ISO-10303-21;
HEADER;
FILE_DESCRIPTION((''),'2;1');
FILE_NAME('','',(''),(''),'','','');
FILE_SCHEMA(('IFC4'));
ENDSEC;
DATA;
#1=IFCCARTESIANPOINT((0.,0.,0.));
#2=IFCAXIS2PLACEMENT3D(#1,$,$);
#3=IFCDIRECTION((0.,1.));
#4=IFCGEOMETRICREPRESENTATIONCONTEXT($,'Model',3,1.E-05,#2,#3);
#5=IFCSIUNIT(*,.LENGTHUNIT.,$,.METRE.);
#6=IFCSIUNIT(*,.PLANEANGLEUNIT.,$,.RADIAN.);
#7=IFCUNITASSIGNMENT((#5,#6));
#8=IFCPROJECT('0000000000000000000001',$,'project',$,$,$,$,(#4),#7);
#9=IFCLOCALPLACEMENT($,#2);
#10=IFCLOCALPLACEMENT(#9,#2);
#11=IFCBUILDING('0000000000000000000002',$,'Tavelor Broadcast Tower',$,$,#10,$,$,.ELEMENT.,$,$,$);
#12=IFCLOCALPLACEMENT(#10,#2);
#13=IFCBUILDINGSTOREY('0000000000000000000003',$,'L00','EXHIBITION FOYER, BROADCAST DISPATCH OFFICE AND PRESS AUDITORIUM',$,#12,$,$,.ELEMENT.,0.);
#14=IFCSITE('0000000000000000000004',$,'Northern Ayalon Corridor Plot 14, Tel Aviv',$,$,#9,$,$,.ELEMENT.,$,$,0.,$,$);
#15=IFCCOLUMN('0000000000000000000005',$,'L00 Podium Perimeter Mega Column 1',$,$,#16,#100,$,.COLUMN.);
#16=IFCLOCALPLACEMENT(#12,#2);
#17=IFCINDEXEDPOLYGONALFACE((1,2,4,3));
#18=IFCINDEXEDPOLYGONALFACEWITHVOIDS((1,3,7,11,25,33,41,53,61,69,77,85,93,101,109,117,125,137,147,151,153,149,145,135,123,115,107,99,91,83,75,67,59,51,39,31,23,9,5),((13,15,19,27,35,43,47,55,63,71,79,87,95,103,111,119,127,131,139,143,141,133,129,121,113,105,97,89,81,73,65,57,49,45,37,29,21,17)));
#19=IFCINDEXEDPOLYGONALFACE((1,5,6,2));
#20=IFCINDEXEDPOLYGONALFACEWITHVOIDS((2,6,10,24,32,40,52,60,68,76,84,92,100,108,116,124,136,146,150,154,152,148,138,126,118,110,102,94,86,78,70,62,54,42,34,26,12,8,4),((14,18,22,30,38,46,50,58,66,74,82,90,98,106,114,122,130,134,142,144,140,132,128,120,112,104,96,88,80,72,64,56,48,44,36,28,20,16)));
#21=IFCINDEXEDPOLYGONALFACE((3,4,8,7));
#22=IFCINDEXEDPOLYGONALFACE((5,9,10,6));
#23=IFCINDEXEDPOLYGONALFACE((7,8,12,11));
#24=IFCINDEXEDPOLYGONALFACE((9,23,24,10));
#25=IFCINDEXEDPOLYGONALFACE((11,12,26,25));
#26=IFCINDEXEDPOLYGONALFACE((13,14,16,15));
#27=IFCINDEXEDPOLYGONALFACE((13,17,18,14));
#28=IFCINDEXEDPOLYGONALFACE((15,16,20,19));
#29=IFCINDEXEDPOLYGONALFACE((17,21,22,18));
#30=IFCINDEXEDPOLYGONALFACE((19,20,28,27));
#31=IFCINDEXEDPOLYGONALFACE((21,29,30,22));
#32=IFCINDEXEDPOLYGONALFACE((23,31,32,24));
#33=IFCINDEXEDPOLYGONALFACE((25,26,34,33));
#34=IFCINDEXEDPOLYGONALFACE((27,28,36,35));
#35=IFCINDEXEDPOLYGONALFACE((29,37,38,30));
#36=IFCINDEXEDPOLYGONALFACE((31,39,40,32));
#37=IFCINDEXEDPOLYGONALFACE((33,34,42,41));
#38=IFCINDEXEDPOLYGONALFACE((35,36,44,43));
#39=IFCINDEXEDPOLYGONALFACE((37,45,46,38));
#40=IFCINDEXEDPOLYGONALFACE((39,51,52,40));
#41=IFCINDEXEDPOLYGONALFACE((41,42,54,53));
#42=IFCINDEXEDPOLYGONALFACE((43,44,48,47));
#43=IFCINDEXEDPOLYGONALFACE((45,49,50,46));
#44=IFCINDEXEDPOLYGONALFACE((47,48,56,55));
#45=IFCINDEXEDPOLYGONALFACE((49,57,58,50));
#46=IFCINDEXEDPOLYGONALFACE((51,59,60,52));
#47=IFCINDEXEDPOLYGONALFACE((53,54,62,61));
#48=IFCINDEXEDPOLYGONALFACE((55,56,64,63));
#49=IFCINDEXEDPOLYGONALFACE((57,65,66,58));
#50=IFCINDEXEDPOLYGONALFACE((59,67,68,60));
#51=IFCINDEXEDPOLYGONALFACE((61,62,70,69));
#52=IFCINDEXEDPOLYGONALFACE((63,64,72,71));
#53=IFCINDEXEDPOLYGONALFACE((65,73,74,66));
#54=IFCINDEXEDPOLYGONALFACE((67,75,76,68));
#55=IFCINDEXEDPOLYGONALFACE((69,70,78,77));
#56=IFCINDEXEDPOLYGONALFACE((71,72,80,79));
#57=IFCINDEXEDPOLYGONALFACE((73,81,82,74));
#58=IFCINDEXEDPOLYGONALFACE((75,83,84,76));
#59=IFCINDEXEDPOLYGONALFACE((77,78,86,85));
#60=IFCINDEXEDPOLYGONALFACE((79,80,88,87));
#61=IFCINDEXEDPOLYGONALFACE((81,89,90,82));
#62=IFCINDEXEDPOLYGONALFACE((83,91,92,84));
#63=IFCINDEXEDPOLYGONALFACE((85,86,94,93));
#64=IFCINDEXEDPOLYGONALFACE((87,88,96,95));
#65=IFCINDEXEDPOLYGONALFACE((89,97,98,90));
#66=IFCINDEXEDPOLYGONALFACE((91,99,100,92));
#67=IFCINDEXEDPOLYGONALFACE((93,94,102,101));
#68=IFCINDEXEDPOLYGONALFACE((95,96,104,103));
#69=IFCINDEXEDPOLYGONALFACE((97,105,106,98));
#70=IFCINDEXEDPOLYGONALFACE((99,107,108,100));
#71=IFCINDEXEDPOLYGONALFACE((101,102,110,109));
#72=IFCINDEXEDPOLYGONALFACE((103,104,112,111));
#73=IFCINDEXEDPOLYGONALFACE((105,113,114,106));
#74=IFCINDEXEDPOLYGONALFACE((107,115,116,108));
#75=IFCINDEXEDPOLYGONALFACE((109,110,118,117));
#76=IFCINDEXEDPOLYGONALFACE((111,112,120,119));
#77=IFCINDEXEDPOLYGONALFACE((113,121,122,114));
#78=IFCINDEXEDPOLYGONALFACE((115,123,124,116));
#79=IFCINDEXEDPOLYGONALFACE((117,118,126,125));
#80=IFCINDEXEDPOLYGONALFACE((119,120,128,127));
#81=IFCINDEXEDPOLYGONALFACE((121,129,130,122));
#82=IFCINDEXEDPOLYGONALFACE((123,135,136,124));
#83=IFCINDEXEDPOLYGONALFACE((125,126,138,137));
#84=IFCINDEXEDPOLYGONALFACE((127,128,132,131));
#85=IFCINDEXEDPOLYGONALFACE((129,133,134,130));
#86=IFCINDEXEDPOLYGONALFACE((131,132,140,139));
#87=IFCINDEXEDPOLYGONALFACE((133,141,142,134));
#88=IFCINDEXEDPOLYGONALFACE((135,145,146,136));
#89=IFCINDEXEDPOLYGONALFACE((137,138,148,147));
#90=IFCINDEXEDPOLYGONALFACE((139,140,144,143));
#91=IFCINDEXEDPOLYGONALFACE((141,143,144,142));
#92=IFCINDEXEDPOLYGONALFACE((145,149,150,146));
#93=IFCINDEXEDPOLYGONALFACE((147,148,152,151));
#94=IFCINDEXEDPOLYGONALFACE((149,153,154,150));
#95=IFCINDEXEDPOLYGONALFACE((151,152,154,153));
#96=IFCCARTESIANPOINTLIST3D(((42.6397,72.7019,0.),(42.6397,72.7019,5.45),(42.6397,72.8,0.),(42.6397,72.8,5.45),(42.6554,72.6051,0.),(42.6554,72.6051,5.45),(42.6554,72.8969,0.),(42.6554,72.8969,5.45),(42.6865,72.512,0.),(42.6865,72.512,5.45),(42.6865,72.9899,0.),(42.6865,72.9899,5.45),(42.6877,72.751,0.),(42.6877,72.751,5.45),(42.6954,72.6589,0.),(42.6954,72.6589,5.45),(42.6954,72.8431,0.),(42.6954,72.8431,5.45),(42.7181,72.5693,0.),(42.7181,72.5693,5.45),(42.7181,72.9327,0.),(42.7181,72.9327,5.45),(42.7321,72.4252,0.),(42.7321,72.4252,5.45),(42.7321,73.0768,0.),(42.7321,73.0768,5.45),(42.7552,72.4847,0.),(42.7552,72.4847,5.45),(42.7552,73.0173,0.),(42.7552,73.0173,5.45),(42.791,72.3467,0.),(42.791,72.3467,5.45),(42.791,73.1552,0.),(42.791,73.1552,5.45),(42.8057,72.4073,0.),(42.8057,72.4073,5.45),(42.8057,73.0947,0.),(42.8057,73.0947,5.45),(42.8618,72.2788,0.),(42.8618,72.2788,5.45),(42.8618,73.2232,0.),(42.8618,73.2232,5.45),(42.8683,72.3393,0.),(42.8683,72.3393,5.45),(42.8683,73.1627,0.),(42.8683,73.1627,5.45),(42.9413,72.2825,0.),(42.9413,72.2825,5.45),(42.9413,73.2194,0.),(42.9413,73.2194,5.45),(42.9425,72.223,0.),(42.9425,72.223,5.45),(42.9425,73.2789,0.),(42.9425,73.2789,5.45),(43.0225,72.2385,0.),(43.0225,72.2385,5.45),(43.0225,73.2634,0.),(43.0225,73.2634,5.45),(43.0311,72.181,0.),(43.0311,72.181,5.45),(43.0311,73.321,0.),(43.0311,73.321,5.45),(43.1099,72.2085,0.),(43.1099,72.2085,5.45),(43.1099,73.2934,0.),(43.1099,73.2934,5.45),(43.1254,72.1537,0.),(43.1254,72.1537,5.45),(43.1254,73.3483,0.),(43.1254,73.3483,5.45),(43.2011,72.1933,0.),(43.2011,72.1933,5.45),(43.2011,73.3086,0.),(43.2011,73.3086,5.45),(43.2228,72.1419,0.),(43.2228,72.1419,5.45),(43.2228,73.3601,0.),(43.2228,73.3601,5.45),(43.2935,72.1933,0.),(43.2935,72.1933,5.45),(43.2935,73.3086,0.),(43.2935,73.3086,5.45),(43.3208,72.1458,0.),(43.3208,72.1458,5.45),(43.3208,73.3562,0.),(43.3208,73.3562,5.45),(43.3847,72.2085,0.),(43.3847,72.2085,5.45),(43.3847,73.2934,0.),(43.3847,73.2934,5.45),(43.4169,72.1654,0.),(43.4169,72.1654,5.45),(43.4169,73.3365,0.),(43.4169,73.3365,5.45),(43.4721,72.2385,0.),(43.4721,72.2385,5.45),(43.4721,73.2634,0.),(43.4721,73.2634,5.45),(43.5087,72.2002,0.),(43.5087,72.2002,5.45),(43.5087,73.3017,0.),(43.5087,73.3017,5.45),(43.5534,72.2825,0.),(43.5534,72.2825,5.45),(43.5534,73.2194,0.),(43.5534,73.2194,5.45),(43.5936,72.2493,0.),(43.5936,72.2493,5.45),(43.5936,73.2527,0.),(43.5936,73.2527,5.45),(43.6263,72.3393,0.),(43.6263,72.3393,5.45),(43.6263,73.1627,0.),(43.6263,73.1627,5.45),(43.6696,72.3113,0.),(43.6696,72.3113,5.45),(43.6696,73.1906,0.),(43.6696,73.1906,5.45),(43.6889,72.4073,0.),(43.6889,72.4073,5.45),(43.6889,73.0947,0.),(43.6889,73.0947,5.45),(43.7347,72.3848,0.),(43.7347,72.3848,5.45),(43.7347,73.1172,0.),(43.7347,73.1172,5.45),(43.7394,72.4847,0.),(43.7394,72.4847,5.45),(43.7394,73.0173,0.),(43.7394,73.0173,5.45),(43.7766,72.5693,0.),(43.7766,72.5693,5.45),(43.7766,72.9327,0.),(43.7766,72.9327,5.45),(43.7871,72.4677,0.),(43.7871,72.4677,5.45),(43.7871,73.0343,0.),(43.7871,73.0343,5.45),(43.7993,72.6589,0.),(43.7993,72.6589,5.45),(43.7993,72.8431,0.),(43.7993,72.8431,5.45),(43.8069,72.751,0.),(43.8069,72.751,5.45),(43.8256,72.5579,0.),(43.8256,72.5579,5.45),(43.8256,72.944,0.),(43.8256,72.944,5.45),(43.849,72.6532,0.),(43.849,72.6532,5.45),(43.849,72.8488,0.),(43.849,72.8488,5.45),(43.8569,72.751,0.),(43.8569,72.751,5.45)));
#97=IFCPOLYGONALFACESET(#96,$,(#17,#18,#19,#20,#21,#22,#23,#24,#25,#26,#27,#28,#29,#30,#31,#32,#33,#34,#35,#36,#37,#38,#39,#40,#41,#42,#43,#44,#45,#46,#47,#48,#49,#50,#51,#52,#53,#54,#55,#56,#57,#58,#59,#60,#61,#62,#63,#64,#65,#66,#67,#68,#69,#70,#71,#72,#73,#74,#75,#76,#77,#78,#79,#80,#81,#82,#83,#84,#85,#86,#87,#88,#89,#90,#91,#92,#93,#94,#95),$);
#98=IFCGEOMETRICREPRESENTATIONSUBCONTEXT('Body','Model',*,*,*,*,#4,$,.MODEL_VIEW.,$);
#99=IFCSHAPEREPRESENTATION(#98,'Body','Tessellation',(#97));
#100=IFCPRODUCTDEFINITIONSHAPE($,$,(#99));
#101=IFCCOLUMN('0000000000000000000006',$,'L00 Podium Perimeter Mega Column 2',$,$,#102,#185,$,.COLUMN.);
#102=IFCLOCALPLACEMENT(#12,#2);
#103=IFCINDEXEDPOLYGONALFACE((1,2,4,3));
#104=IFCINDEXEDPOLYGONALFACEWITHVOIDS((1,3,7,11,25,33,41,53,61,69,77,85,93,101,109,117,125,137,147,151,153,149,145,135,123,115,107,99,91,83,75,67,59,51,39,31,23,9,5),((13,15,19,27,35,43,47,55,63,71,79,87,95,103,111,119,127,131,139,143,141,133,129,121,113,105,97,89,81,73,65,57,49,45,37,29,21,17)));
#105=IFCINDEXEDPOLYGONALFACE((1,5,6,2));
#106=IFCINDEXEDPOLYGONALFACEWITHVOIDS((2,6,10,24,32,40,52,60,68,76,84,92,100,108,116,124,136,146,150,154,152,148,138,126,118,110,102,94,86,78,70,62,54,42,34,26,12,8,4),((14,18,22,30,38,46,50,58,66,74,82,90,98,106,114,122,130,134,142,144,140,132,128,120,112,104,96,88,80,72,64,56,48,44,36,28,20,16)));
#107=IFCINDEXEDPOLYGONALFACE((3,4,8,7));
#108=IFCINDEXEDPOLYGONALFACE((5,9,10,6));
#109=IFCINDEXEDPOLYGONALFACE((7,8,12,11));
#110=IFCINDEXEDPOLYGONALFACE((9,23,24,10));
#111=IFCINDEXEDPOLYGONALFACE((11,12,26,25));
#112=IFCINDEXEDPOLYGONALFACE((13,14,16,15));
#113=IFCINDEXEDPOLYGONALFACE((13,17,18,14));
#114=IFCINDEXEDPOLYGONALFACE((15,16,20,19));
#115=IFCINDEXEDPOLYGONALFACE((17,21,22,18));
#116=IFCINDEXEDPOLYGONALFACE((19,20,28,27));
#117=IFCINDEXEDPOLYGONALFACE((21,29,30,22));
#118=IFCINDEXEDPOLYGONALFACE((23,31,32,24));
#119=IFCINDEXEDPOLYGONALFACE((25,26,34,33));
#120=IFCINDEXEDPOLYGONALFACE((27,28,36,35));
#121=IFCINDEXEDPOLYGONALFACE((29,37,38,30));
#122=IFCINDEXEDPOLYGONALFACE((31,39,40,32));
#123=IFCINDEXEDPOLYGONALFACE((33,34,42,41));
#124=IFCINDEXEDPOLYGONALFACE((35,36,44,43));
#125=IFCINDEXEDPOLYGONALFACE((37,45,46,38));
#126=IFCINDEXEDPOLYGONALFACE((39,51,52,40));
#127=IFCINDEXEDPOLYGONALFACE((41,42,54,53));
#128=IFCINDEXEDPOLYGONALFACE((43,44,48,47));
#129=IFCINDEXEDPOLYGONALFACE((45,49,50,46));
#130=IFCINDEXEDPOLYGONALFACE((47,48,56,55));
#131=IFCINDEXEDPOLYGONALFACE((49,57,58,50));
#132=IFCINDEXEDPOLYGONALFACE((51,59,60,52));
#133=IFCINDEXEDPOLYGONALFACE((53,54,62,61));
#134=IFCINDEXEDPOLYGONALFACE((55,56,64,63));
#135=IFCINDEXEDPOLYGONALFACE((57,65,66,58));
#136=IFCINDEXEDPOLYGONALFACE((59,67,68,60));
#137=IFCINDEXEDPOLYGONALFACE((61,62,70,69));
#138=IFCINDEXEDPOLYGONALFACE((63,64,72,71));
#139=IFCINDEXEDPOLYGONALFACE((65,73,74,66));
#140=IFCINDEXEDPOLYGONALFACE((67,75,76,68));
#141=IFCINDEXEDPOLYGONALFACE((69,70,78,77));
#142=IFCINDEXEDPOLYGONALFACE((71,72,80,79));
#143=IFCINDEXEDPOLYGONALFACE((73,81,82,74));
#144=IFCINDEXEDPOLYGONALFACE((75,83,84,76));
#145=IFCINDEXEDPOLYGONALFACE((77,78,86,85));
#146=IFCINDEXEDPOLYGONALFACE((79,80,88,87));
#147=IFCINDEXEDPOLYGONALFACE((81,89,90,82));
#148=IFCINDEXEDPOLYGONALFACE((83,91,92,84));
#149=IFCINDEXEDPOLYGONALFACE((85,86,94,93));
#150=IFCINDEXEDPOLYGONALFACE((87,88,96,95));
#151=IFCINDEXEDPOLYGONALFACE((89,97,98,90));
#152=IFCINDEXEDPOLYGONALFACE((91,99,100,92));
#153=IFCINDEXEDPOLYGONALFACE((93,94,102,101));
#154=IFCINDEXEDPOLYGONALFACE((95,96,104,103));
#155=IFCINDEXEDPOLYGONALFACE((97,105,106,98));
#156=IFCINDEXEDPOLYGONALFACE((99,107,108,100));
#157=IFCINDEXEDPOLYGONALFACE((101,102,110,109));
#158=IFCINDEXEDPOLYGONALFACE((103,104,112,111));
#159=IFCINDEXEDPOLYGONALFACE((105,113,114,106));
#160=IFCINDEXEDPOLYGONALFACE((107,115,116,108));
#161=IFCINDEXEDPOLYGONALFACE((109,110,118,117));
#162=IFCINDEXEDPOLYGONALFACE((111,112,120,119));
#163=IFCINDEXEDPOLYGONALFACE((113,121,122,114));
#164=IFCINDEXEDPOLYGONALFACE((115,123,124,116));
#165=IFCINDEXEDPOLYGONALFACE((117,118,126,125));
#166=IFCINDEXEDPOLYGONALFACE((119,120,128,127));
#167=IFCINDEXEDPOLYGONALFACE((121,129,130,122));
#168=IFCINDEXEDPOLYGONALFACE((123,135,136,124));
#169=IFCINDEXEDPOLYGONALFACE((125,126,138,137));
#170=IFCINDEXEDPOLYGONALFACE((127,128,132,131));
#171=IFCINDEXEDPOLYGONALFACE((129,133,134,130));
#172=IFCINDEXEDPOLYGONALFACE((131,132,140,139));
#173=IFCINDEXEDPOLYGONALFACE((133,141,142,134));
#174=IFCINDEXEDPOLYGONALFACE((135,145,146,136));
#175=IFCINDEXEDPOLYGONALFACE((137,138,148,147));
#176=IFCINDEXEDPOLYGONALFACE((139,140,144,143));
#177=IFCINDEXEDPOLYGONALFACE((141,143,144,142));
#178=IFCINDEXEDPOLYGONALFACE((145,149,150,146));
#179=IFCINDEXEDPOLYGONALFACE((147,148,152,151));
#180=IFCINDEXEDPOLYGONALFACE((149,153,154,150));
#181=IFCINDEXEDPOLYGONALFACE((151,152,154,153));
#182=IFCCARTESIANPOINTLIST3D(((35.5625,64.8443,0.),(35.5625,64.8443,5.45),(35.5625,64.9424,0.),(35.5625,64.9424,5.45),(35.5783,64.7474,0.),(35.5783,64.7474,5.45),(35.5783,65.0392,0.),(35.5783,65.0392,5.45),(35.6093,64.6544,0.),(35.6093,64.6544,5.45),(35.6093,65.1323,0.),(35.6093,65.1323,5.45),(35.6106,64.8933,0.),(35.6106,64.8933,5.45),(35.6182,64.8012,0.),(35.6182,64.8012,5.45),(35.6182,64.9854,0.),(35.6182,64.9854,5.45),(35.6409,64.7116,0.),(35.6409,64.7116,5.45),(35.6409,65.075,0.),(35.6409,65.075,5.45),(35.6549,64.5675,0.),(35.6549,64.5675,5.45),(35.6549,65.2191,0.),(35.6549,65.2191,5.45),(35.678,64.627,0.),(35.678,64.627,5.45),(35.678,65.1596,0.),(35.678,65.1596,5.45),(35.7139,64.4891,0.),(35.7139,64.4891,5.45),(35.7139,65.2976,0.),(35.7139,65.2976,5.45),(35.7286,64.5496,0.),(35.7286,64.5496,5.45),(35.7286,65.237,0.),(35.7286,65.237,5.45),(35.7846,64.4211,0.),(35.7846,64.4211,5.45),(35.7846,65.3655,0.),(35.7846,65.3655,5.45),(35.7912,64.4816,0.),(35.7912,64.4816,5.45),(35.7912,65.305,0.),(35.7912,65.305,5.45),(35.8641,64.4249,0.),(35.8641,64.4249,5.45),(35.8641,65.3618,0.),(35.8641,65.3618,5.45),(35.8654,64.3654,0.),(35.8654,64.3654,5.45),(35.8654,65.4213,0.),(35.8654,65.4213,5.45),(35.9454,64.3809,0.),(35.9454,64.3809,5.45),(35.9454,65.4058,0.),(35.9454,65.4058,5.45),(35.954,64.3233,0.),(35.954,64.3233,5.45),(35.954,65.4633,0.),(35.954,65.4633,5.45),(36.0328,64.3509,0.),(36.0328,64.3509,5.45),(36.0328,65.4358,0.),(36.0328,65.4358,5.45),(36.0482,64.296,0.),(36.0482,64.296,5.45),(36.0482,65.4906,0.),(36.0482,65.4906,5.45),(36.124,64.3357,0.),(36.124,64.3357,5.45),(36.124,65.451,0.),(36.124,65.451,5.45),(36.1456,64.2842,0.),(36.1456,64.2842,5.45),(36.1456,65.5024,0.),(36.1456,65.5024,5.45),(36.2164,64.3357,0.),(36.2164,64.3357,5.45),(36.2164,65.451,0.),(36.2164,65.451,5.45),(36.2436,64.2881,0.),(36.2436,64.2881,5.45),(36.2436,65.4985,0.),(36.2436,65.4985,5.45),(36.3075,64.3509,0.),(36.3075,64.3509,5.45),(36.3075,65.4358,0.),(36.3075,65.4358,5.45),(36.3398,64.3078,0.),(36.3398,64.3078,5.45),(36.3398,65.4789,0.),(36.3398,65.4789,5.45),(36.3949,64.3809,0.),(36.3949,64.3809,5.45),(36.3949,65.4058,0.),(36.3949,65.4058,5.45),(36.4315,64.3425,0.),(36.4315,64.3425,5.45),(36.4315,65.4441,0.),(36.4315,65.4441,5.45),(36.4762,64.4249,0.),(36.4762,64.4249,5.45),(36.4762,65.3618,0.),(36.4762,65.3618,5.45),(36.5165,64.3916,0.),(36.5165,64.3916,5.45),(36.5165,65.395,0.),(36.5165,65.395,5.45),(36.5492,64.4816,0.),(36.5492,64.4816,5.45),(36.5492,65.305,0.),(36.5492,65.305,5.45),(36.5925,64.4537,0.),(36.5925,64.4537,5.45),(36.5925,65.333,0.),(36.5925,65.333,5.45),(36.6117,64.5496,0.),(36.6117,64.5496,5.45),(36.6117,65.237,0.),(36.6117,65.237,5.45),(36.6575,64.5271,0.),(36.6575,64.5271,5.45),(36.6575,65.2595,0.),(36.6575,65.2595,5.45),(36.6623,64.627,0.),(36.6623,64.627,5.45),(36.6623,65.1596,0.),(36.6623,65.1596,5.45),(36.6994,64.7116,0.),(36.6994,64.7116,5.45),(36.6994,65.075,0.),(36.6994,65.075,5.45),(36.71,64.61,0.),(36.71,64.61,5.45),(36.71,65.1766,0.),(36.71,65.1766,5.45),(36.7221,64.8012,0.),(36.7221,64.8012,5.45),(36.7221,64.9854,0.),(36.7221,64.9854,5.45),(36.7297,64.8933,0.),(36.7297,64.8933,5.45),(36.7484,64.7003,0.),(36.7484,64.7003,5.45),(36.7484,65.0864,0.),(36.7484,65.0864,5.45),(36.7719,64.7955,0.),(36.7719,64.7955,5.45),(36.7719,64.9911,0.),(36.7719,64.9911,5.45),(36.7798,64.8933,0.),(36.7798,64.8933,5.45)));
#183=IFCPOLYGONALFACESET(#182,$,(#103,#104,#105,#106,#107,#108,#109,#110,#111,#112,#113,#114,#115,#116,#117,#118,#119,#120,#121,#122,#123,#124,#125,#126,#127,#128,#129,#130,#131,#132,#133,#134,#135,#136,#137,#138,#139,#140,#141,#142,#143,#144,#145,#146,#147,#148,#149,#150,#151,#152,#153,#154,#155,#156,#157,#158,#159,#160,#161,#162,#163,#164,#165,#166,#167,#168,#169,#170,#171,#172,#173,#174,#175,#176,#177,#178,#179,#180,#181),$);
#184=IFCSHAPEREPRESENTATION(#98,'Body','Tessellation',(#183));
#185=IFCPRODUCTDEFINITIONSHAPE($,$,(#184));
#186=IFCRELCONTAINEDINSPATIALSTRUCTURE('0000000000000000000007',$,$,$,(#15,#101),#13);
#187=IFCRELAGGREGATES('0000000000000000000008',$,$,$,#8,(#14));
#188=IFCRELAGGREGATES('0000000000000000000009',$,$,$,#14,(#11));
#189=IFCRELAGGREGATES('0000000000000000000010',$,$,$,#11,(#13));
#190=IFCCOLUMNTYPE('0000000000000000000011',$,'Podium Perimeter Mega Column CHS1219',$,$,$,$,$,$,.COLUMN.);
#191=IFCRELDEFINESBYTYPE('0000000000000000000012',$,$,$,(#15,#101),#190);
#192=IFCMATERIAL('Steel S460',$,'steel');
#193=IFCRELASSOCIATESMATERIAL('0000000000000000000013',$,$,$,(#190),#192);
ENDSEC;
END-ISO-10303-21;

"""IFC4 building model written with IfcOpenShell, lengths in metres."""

from ifc_helpers import new_model, si_unit, direction, frame, origin, origin_2d, place, context, subcontext, project, spatial, hollow_circle, extrude, material, material_profile, profile_set, type_object, element, save


model = new_model("IFC4")

# Units and contexts
model_context = context("Model", 3, precision=1e-05, world=origin(), true_north=direction((0.0, 1.0)))
body_context = subcontext(model_context, "Body", "Model", "MODEL_VIEW")
ifc_project = project(units=[si_unit("LENGTHUNIT", "METRE"), si_unit("PLANEANGLEUNIT", "RADIAN")], contexts=[model_context])

# Site, building, storey
site_placement = place(None, origin())
site = spatial("IfcSite", under=ifc_project, at=site_placement, Name="Northern Ayalon Corridor Plot 14, Tel Aviv", CompositionType="ELEMENT", RefElevation=0.0)
building_placement = place(site_placement, origin())
building = spatial("IfcBuilding", under=site, at=building_placement, Name="Tavelor Broadcast Tower", CompositionType="ELEMENT")
storey_placement = place(building_placement, origin())
storey = spatial("IfcBuildingStorey", under=building, at=storey_placement, Name="L00", Description="EXHIBITION FOYER, BROADCAST DISPATCH OFFICE AND PRESS AUDITORIUM", CompositionType="ELEMENT", Elevation=0.0)

# Columns
ifc_material_1 = material(Name="Steel S460", Category="steel")
ifc_material_profile_1 = material_profile(ifc_material_1, hollow_circle(Radius=0.6096, WallThickness=0.05, at=origin_2d()), Name="CHS 1219x50")
ifc_profile_set_1 = profile_set([ifc_material_profile_1], Name="Steel S460")
column_type = type_object("IfcColumnType", Name="Podium Perimeter Mega Column CHS1219", PredefinedType="COLUMN", material=ifc_profile_set_1)
for number, where, z_axis, x_axis, name in (
    (1, (43.2473, 72.751, 0.0), (0.0, 0.0, 1.0), (1.0, 0.0, 0.0), "L00 Podium Perimeter Mega Column 1"),
    (2, (36.1702, 64.8933, 0.0), (0.0, 0.0, 1.0), (1.0, 0.0, 0.0), "L00 Podium Perimeter Mega Column 2"),
):
    element("IfcColumn", number, at=place(storey_placement, frame(where, z_axis=z_axis, x_axis=x_axis)), inside=storey, type_object=column_type, Name=name, PredefinedType="COLUMN", context=body_context, shape_type="SweptSolid", body=[
        extrude(hollow_circle(Radius=0.6096, WallThickness=0.05, at=origin_2d()), origin(), (0.0, 0.0, 1.0), 5.45),
    ])

save(model, "model.ifc")
